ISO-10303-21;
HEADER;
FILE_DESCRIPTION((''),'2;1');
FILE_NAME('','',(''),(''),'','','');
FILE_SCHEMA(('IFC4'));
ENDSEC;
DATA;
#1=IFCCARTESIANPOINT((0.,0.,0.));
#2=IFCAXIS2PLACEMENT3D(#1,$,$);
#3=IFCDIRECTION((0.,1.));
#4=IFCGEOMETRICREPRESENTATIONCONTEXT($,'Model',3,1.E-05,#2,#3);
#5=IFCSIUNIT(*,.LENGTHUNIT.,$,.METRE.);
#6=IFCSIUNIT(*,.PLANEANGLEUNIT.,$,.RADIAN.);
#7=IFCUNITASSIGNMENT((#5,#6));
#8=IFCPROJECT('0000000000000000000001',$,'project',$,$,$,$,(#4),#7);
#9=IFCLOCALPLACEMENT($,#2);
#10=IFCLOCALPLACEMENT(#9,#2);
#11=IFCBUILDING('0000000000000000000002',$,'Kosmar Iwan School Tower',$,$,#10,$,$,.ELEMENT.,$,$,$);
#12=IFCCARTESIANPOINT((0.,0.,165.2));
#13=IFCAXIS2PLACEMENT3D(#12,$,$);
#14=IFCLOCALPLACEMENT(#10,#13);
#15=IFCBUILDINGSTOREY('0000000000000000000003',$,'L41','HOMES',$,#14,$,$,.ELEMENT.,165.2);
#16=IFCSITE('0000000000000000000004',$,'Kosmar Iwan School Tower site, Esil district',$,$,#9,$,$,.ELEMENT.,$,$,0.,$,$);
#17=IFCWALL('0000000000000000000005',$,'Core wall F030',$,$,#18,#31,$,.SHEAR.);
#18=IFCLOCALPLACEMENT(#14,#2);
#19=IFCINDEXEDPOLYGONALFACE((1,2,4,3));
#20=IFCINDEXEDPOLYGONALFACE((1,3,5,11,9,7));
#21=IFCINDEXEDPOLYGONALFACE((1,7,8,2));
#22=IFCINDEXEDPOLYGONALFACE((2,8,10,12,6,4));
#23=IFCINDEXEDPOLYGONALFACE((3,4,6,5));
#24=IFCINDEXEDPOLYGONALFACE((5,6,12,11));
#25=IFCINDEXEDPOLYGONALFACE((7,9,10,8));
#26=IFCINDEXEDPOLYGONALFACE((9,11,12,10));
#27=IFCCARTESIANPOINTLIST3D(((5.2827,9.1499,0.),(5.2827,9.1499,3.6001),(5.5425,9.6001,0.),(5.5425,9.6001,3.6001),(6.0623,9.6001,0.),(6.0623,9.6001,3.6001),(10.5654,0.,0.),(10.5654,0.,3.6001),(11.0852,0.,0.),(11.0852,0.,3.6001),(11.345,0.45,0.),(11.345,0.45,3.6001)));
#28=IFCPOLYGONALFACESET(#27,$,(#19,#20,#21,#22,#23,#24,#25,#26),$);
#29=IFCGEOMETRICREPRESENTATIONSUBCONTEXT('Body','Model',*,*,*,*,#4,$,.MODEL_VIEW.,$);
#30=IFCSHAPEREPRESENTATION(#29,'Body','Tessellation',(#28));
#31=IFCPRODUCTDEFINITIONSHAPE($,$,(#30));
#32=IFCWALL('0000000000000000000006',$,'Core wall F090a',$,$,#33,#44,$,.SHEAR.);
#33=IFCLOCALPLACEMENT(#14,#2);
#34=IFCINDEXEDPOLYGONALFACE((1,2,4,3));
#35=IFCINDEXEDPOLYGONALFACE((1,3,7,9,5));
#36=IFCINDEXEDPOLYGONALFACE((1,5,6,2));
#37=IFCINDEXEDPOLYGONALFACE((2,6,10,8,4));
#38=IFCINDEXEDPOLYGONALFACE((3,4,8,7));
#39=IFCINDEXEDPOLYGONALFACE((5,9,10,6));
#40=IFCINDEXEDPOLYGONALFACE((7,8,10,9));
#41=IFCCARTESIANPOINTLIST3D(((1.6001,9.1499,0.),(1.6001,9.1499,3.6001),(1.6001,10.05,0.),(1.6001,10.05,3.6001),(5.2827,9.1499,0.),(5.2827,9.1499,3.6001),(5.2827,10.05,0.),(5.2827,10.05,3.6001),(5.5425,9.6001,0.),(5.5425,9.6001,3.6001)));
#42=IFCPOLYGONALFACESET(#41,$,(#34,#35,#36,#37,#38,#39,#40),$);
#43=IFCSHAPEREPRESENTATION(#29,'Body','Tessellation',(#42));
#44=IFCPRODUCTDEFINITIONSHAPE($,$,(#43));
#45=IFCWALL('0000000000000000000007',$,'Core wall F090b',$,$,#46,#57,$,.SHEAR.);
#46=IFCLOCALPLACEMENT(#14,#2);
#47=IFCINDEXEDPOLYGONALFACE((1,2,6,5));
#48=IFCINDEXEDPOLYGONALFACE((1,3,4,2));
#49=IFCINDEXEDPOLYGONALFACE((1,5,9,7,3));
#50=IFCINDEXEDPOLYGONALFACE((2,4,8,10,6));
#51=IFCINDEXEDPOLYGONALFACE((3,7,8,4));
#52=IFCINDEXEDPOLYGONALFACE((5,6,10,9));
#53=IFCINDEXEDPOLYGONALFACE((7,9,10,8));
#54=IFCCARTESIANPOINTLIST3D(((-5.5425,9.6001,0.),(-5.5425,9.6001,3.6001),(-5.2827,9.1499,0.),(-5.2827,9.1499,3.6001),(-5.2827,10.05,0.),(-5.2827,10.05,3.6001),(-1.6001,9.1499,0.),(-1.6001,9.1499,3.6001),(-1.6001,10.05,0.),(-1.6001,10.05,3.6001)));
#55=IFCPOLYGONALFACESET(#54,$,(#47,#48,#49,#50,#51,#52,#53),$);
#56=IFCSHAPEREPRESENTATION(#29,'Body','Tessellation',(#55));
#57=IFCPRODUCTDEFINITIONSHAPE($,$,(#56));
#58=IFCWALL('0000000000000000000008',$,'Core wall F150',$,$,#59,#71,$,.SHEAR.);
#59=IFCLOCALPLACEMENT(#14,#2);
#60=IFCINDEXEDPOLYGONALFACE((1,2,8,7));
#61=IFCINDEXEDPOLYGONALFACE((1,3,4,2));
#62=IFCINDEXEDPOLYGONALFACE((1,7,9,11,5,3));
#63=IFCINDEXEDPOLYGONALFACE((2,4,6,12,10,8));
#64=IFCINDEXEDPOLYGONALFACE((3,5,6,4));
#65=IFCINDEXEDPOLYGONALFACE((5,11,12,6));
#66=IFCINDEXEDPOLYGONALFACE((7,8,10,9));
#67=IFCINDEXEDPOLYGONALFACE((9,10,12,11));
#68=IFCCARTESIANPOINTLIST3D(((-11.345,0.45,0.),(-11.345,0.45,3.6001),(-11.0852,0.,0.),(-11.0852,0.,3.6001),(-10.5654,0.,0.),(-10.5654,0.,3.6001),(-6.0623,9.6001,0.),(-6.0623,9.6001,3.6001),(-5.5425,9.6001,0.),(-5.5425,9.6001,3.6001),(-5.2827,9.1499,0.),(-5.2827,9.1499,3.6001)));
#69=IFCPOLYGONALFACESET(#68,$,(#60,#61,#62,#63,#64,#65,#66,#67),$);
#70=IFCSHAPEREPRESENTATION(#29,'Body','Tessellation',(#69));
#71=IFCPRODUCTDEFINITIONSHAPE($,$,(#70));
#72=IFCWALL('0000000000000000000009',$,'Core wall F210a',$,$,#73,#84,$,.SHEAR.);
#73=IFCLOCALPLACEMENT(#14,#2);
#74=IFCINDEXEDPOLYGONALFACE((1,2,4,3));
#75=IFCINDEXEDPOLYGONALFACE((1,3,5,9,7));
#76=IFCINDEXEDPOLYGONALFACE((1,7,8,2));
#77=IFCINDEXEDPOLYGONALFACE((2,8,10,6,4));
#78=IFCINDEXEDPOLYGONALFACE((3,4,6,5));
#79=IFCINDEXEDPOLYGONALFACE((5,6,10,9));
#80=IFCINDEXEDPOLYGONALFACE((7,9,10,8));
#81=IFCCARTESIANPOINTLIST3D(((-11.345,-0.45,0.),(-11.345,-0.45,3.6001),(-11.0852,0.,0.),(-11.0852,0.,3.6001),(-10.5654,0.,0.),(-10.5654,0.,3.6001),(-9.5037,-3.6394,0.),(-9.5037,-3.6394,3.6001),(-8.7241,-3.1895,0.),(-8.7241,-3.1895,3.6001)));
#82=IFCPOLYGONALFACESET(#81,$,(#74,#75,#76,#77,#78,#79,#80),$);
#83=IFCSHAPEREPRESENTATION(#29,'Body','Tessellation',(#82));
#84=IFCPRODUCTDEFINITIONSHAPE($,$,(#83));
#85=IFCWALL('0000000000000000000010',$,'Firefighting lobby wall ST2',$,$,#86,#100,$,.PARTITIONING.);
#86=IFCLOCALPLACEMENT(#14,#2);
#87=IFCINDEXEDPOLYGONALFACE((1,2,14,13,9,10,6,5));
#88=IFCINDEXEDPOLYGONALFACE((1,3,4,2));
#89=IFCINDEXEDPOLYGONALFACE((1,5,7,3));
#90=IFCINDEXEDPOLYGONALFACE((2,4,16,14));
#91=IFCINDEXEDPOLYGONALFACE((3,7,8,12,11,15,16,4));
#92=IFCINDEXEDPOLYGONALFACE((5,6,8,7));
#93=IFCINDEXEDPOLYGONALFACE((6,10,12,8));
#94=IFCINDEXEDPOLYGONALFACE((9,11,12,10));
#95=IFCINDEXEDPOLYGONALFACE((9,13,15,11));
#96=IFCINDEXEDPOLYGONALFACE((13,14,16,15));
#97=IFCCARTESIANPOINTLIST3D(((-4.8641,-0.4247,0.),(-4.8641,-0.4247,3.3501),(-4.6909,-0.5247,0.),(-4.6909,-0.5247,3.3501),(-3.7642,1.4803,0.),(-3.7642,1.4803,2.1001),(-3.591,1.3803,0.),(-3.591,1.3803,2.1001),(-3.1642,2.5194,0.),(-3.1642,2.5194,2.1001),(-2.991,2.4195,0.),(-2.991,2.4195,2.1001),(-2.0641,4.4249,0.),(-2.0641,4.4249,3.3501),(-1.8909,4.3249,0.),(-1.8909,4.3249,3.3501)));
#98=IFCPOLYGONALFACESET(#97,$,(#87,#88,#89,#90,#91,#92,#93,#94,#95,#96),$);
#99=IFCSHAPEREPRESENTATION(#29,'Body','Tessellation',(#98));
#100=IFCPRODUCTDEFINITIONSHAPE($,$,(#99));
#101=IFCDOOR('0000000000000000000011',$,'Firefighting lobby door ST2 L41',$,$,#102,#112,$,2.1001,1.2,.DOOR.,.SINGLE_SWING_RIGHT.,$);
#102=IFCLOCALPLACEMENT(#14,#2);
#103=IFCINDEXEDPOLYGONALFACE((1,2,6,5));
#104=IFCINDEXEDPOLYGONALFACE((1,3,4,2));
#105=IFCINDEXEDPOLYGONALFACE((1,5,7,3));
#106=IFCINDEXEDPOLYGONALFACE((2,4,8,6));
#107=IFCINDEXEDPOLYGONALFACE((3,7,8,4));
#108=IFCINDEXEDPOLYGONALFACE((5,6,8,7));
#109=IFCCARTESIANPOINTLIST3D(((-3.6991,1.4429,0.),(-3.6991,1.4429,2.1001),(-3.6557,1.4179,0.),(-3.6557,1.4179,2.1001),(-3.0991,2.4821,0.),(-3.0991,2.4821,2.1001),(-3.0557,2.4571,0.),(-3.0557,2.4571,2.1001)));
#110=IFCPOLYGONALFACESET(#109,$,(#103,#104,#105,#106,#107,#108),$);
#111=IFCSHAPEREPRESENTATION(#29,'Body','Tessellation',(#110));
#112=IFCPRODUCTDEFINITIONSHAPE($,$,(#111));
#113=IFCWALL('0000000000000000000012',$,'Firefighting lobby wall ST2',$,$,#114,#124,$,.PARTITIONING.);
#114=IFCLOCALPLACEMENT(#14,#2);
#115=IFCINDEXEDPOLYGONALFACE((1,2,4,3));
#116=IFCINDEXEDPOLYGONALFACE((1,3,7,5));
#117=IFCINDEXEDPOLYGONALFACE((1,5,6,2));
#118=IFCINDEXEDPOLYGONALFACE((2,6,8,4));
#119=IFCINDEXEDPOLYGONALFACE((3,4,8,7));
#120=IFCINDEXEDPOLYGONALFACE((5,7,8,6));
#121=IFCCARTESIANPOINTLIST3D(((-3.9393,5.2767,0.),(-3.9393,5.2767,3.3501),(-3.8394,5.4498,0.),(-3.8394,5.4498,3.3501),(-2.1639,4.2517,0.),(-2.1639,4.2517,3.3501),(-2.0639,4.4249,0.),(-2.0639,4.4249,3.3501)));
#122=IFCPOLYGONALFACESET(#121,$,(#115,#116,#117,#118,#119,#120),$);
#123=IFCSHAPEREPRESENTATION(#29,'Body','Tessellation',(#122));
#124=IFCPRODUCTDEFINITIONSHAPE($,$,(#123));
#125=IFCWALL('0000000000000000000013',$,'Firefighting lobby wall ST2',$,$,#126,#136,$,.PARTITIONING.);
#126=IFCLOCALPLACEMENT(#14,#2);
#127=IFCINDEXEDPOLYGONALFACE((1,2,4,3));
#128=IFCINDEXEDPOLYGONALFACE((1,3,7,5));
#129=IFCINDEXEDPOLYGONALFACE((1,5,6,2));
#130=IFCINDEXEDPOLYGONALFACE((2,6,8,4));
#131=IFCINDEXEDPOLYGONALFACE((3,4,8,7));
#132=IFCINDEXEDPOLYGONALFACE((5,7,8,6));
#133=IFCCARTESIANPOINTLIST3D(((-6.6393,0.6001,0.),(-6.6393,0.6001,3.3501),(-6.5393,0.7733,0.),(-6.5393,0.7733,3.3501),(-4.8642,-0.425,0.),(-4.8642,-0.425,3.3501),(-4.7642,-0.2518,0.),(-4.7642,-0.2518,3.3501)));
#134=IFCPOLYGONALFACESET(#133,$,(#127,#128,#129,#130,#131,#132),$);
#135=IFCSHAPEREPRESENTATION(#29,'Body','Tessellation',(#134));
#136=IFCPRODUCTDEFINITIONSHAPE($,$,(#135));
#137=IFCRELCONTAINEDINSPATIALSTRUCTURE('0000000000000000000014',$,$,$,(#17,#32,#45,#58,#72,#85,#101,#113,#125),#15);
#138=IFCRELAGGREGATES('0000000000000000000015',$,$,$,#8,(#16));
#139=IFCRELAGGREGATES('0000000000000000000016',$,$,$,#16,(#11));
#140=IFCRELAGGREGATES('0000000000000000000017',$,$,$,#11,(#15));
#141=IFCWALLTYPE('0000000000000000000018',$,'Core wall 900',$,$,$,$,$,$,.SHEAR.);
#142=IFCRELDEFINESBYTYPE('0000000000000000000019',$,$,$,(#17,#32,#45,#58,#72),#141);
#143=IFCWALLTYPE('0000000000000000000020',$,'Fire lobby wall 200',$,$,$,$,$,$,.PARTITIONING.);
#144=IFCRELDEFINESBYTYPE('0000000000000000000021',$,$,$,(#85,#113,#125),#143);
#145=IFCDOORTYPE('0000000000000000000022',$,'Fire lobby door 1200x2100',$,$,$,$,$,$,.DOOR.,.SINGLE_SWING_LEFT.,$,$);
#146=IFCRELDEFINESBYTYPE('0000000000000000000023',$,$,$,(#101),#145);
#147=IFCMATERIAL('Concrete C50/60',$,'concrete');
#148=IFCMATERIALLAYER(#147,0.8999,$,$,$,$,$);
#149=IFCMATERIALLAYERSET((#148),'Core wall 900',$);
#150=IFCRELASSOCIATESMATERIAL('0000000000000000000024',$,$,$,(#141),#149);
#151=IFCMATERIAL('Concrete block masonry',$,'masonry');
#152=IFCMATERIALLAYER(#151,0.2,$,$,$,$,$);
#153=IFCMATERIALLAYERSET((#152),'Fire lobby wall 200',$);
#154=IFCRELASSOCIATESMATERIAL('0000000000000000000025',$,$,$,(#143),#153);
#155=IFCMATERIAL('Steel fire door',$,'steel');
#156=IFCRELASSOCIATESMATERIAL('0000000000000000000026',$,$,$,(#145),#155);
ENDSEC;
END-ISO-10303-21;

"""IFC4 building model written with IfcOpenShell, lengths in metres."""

from ifc_helpers import new_model, si_unit, direction, frame, frame_2d, origin, place, context, subcontext, project, spatial, polyline, rectangle, outline, extrude, material, layer, layer_set, type_object, element, fill, save


model = new_model("IFC4")

# Units and contexts
model_context = context("Model", 3, precision=1e-05, world=origin(), true_north=direction((0.0, 1.0)))
body_context = subcontext(model_context, "Body", "Model", "MODEL_VIEW")
ifc_project = project(units=[si_unit("LENGTHUNIT", "METRE"), si_unit("PLANEANGLEUNIT", "RADIAN")], contexts=[model_context])

# Site, building, storey
site_placement = place(None, origin())
site = spatial("IfcSite", under=ifc_project, at=site_placement, Name="Kosmar Iwan School Tower site, Esil district", CompositionType="ELEMENT", RefElevation=0.0)
building_placement = place(site_placement, origin())
building = spatial("IfcBuilding", under=site, at=building_placement, Name="Kosmar Iwan School Tower", CompositionType="ELEMENT")
storey_placement = place(building_placement, frame((0.0, 0.0, 165.2)))
storey = spatial("IfcBuildingStorey", under=building, at=storey_placement, Name="L41", Description="HOMES", CompositionType="ELEMENT", Elevation=165.2)

# Walls
ifc_material_1 = material(Name="Concrete C50/60", Category="concrete")
ifc_layer_1 = layer(ifc_material_1, 0.8999)
ifc_layer_set_1 = layer_set([ifc_layer_1], Name="Core wall 900")
wall_type_1 = type_object("IfcWallType", Name="Core wall 900", PredefinedType="SHEAR", material=ifc_layer_set_1)
wall_1_placement = place(storey_placement, origin())
element("IfcWall", 1, at=wall_1_placement, inside=storey, type_object=wall_type_1, Name="Core wall F030", PredefinedType="SHEAR", context=body_context, shape_type="SweptSolid", body=[
    extrude(outline(polyline([(10.5654, 0.0), (11.0852, 0.0), (11.345, 0.45), (6.0623, 9.6001), (5.5425, 9.6001), (5.2827, 9.1499), (10.5654, 0.0)])), origin(), (0.0, 0.0, 1.0), 3.6001),
])
wall_2_placement = place(storey_placement, origin())
element("IfcWall", 2, at=wall_2_placement, inside=storey, type_object=wall_type_1, Name="Core wall F090a", PredefinedType="SHEAR", context=body_context, shape_type="SweptSolid", body=[
    extrude(outline(polyline([(1.6001, 9.1499), (5.2827, 9.1499), (5.5425, 9.6001), (5.2827, 10.05), (1.6001, 10.05), (1.6001, 9.1499)])), origin(), (0.0, 0.0, 1.0), 3.6001),
])
wall_3_placement = place(storey_placement, origin())
element("IfcWall", 3, at=wall_3_placement, inside=storey, type_object=wall_type_1, Name="Core wall F090b", PredefinedType="SHEAR", context=body_context, shape_type="SweptSolid", body=[
    extrude(outline(polyline([(-5.2827, 9.1499), (-1.6001, 9.1499), (-1.6001, 10.05), (-5.2827, 10.05), (-5.5425, 9.6001), (-5.2827, 9.1499)])), origin(), (0.0, 0.0, 1.0), 3.6001),
])
wall_4_placement = place(storey_placement, origin())
element("IfcWall", 4, at=wall_4_placement, inside=storey, type_object=wall_type_1, Name="Core wall F150", PredefinedType="SHEAR", context=body_context, shape_type="SweptSolid", body=[
    extrude(outline(polyline([(-11.0852, 0.0), (-10.5654, 0.0), (-5.2827, 9.1499), (-5.5425, 9.6001), (-6.0623, 9.6001), (-11.345, 0.45), (-11.0852, 0.0)])), origin(), (0.0, 0.0, 1.0), 3.6001),
])
wall_5_placement = place(storey_placement, origin())
element("IfcWall", 5, at=wall_5_placement, inside=storey, type_object=wall_type_1, Name="Core wall F210a", PredefinedType="SHEAR", context=body_context, shape_type="SweptSolid", body=[
    extrude(outline(polyline([(-9.5037, -3.6394), (-8.7241, -3.1895), (-10.5654, 0.0), (-11.0852, 0.0), (-11.345, -0.45), (-9.5037, -3.6394)])), origin(), (0.0, 0.0, 1.0), 3.6001),
])

# Wall, opening, door
ifc_material_2 = material(Name="Concrete block masonry", Category="masonry")
ifc_layer_2 = layer(ifc_material_2, 0.2)
ifc_layer_set_2 = layer_set([ifc_layer_2], Name="Fire lobby wall 200")
wall_type_2 = type_object("IfcWallType", Name="Fire lobby wall 200", PredefinedType="PARTITIONING", material=ifc_layer_set_2)
wall_6_placement = place(storey_placement, frame((-1.9775, 4.3748, 0.0), z_axis=(0.0, 0.0, 1.0), x_axis=(-0.500017, -0.866016, 0.0)))
wall_6 = element("IfcWall", 6, at=wall_6_placement, inside=storey, type_object=wall_type_2, Name="Firefighting lobby wall ST2", PredefinedType="PARTITIONING", context=body_context, shape_type="SweptSolid", body=[
    extrude(rectangle(XDim=5.5999, YDim=0.2, at=frame_2d((2.7998, 0.0))), origin(), (0.0, 0.0, 1.0), 3.3501),
])
opening_1_placement = place(wall_6_placement, frame((2.2, 0.0, 0.0)))
opening_1 = element("IfcOpeningElement", 7, at=opening_1_placement, cuts=wall_6, PredefinedType="OPENING", context=body_context, shape_type="SweptSolid", body=[
    extrude(rectangle(XDim=1.2, YDim=2.1001, at=frame_2d((0.6001, 1.05))), frame((0.0, 0.1121, 0.0), z_axis=(0.0, -1.0, 0.0), x_axis=(1.0, 0.0, 0.0)), (0.0, 0.0, 1.0), 0.2239),
])
ifc_material_3 = material(Name="Steel fire door", Category="steel")
door_type_1 = type_object("IfcDoorType", Name="Fire lobby door 1200x2100", OperationType="SINGLE_SWING_LEFT", PredefinedType="DOOR", material=ifc_material_3)
door_1_placement = place(opening_1_placement, frame((1.2, 0.0, 0.0), z_axis=(0.0, 0.0, 1.0), x_axis=(-1.0, 0.0, 0.0)))
door_1 = element("IfcDoor", 8, at=door_1_placement, inside=storey, type_object=door_type_1, Name="Firefighting lobby door ST2 L41", OperationType="SINGLE_SWING_RIGHT", OverallHeight=2.1001, OverallWidth=1.2, PredefinedType="DOOR", context=body_context, shape_type="SweptSolid", body=[
    extrude(rectangle(XDim=1.2, YDim=2.1001, at=frame_2d((0.6001, 1.05))), frame((0.0, 0.0249, 0.0), z_axis=(0.0, -1.0, 0.0), x_axis=(1.0, 0.0, 0.0)), (0.0, 0.0, 1.0), 0.05),
])
fill(opening_1, door_1)

# Walls
wall_7_placement = place(storey_placement, frame((-2.114, 4.3384, 0.0), z_axis=(0.0, 0.0, 1.0), x_axis=(-0.866051, 0.499956, 0.0)))
element("IfcWall", 9, at=wall_7_placement, inside=storey, type_object=wall_type_2, Name="Firefighting lobby wall ST2", PredefinedType="PARTITIONING", context=body_context, shape_type="SweptSolid", body=[
    extrude(rectangle(XDim=2.05, YDim=0.2, at=frame_2d((1.0249, 0.0))), origin(), (0.0, 0.0, 1.0), 3.3501),
])
wall_8_placement = place(storey_placement, frame((-4.8142, -0.3384, 0.0), z_axis=(0.0, 0.0, 1.0), x_axis=(-0.865969, 0.500097, 0.0)))
element("IfcWall", 10, at=wall_8_placement, inside=storey, type_object=wall_type_2, Name="Firefighting lobby wall ST2", PredefinedType="PARTITIONING", context=body_context, shape_type="SweptSolid", body=[
    extrude(rectangle(XDim=2.0498, YDim=0.2, at=frame_2d((1.0249, 0.0))), origin(), (0.0, 0.0, 1.0), 3.3501),
])

save(model, "model.ifc")
